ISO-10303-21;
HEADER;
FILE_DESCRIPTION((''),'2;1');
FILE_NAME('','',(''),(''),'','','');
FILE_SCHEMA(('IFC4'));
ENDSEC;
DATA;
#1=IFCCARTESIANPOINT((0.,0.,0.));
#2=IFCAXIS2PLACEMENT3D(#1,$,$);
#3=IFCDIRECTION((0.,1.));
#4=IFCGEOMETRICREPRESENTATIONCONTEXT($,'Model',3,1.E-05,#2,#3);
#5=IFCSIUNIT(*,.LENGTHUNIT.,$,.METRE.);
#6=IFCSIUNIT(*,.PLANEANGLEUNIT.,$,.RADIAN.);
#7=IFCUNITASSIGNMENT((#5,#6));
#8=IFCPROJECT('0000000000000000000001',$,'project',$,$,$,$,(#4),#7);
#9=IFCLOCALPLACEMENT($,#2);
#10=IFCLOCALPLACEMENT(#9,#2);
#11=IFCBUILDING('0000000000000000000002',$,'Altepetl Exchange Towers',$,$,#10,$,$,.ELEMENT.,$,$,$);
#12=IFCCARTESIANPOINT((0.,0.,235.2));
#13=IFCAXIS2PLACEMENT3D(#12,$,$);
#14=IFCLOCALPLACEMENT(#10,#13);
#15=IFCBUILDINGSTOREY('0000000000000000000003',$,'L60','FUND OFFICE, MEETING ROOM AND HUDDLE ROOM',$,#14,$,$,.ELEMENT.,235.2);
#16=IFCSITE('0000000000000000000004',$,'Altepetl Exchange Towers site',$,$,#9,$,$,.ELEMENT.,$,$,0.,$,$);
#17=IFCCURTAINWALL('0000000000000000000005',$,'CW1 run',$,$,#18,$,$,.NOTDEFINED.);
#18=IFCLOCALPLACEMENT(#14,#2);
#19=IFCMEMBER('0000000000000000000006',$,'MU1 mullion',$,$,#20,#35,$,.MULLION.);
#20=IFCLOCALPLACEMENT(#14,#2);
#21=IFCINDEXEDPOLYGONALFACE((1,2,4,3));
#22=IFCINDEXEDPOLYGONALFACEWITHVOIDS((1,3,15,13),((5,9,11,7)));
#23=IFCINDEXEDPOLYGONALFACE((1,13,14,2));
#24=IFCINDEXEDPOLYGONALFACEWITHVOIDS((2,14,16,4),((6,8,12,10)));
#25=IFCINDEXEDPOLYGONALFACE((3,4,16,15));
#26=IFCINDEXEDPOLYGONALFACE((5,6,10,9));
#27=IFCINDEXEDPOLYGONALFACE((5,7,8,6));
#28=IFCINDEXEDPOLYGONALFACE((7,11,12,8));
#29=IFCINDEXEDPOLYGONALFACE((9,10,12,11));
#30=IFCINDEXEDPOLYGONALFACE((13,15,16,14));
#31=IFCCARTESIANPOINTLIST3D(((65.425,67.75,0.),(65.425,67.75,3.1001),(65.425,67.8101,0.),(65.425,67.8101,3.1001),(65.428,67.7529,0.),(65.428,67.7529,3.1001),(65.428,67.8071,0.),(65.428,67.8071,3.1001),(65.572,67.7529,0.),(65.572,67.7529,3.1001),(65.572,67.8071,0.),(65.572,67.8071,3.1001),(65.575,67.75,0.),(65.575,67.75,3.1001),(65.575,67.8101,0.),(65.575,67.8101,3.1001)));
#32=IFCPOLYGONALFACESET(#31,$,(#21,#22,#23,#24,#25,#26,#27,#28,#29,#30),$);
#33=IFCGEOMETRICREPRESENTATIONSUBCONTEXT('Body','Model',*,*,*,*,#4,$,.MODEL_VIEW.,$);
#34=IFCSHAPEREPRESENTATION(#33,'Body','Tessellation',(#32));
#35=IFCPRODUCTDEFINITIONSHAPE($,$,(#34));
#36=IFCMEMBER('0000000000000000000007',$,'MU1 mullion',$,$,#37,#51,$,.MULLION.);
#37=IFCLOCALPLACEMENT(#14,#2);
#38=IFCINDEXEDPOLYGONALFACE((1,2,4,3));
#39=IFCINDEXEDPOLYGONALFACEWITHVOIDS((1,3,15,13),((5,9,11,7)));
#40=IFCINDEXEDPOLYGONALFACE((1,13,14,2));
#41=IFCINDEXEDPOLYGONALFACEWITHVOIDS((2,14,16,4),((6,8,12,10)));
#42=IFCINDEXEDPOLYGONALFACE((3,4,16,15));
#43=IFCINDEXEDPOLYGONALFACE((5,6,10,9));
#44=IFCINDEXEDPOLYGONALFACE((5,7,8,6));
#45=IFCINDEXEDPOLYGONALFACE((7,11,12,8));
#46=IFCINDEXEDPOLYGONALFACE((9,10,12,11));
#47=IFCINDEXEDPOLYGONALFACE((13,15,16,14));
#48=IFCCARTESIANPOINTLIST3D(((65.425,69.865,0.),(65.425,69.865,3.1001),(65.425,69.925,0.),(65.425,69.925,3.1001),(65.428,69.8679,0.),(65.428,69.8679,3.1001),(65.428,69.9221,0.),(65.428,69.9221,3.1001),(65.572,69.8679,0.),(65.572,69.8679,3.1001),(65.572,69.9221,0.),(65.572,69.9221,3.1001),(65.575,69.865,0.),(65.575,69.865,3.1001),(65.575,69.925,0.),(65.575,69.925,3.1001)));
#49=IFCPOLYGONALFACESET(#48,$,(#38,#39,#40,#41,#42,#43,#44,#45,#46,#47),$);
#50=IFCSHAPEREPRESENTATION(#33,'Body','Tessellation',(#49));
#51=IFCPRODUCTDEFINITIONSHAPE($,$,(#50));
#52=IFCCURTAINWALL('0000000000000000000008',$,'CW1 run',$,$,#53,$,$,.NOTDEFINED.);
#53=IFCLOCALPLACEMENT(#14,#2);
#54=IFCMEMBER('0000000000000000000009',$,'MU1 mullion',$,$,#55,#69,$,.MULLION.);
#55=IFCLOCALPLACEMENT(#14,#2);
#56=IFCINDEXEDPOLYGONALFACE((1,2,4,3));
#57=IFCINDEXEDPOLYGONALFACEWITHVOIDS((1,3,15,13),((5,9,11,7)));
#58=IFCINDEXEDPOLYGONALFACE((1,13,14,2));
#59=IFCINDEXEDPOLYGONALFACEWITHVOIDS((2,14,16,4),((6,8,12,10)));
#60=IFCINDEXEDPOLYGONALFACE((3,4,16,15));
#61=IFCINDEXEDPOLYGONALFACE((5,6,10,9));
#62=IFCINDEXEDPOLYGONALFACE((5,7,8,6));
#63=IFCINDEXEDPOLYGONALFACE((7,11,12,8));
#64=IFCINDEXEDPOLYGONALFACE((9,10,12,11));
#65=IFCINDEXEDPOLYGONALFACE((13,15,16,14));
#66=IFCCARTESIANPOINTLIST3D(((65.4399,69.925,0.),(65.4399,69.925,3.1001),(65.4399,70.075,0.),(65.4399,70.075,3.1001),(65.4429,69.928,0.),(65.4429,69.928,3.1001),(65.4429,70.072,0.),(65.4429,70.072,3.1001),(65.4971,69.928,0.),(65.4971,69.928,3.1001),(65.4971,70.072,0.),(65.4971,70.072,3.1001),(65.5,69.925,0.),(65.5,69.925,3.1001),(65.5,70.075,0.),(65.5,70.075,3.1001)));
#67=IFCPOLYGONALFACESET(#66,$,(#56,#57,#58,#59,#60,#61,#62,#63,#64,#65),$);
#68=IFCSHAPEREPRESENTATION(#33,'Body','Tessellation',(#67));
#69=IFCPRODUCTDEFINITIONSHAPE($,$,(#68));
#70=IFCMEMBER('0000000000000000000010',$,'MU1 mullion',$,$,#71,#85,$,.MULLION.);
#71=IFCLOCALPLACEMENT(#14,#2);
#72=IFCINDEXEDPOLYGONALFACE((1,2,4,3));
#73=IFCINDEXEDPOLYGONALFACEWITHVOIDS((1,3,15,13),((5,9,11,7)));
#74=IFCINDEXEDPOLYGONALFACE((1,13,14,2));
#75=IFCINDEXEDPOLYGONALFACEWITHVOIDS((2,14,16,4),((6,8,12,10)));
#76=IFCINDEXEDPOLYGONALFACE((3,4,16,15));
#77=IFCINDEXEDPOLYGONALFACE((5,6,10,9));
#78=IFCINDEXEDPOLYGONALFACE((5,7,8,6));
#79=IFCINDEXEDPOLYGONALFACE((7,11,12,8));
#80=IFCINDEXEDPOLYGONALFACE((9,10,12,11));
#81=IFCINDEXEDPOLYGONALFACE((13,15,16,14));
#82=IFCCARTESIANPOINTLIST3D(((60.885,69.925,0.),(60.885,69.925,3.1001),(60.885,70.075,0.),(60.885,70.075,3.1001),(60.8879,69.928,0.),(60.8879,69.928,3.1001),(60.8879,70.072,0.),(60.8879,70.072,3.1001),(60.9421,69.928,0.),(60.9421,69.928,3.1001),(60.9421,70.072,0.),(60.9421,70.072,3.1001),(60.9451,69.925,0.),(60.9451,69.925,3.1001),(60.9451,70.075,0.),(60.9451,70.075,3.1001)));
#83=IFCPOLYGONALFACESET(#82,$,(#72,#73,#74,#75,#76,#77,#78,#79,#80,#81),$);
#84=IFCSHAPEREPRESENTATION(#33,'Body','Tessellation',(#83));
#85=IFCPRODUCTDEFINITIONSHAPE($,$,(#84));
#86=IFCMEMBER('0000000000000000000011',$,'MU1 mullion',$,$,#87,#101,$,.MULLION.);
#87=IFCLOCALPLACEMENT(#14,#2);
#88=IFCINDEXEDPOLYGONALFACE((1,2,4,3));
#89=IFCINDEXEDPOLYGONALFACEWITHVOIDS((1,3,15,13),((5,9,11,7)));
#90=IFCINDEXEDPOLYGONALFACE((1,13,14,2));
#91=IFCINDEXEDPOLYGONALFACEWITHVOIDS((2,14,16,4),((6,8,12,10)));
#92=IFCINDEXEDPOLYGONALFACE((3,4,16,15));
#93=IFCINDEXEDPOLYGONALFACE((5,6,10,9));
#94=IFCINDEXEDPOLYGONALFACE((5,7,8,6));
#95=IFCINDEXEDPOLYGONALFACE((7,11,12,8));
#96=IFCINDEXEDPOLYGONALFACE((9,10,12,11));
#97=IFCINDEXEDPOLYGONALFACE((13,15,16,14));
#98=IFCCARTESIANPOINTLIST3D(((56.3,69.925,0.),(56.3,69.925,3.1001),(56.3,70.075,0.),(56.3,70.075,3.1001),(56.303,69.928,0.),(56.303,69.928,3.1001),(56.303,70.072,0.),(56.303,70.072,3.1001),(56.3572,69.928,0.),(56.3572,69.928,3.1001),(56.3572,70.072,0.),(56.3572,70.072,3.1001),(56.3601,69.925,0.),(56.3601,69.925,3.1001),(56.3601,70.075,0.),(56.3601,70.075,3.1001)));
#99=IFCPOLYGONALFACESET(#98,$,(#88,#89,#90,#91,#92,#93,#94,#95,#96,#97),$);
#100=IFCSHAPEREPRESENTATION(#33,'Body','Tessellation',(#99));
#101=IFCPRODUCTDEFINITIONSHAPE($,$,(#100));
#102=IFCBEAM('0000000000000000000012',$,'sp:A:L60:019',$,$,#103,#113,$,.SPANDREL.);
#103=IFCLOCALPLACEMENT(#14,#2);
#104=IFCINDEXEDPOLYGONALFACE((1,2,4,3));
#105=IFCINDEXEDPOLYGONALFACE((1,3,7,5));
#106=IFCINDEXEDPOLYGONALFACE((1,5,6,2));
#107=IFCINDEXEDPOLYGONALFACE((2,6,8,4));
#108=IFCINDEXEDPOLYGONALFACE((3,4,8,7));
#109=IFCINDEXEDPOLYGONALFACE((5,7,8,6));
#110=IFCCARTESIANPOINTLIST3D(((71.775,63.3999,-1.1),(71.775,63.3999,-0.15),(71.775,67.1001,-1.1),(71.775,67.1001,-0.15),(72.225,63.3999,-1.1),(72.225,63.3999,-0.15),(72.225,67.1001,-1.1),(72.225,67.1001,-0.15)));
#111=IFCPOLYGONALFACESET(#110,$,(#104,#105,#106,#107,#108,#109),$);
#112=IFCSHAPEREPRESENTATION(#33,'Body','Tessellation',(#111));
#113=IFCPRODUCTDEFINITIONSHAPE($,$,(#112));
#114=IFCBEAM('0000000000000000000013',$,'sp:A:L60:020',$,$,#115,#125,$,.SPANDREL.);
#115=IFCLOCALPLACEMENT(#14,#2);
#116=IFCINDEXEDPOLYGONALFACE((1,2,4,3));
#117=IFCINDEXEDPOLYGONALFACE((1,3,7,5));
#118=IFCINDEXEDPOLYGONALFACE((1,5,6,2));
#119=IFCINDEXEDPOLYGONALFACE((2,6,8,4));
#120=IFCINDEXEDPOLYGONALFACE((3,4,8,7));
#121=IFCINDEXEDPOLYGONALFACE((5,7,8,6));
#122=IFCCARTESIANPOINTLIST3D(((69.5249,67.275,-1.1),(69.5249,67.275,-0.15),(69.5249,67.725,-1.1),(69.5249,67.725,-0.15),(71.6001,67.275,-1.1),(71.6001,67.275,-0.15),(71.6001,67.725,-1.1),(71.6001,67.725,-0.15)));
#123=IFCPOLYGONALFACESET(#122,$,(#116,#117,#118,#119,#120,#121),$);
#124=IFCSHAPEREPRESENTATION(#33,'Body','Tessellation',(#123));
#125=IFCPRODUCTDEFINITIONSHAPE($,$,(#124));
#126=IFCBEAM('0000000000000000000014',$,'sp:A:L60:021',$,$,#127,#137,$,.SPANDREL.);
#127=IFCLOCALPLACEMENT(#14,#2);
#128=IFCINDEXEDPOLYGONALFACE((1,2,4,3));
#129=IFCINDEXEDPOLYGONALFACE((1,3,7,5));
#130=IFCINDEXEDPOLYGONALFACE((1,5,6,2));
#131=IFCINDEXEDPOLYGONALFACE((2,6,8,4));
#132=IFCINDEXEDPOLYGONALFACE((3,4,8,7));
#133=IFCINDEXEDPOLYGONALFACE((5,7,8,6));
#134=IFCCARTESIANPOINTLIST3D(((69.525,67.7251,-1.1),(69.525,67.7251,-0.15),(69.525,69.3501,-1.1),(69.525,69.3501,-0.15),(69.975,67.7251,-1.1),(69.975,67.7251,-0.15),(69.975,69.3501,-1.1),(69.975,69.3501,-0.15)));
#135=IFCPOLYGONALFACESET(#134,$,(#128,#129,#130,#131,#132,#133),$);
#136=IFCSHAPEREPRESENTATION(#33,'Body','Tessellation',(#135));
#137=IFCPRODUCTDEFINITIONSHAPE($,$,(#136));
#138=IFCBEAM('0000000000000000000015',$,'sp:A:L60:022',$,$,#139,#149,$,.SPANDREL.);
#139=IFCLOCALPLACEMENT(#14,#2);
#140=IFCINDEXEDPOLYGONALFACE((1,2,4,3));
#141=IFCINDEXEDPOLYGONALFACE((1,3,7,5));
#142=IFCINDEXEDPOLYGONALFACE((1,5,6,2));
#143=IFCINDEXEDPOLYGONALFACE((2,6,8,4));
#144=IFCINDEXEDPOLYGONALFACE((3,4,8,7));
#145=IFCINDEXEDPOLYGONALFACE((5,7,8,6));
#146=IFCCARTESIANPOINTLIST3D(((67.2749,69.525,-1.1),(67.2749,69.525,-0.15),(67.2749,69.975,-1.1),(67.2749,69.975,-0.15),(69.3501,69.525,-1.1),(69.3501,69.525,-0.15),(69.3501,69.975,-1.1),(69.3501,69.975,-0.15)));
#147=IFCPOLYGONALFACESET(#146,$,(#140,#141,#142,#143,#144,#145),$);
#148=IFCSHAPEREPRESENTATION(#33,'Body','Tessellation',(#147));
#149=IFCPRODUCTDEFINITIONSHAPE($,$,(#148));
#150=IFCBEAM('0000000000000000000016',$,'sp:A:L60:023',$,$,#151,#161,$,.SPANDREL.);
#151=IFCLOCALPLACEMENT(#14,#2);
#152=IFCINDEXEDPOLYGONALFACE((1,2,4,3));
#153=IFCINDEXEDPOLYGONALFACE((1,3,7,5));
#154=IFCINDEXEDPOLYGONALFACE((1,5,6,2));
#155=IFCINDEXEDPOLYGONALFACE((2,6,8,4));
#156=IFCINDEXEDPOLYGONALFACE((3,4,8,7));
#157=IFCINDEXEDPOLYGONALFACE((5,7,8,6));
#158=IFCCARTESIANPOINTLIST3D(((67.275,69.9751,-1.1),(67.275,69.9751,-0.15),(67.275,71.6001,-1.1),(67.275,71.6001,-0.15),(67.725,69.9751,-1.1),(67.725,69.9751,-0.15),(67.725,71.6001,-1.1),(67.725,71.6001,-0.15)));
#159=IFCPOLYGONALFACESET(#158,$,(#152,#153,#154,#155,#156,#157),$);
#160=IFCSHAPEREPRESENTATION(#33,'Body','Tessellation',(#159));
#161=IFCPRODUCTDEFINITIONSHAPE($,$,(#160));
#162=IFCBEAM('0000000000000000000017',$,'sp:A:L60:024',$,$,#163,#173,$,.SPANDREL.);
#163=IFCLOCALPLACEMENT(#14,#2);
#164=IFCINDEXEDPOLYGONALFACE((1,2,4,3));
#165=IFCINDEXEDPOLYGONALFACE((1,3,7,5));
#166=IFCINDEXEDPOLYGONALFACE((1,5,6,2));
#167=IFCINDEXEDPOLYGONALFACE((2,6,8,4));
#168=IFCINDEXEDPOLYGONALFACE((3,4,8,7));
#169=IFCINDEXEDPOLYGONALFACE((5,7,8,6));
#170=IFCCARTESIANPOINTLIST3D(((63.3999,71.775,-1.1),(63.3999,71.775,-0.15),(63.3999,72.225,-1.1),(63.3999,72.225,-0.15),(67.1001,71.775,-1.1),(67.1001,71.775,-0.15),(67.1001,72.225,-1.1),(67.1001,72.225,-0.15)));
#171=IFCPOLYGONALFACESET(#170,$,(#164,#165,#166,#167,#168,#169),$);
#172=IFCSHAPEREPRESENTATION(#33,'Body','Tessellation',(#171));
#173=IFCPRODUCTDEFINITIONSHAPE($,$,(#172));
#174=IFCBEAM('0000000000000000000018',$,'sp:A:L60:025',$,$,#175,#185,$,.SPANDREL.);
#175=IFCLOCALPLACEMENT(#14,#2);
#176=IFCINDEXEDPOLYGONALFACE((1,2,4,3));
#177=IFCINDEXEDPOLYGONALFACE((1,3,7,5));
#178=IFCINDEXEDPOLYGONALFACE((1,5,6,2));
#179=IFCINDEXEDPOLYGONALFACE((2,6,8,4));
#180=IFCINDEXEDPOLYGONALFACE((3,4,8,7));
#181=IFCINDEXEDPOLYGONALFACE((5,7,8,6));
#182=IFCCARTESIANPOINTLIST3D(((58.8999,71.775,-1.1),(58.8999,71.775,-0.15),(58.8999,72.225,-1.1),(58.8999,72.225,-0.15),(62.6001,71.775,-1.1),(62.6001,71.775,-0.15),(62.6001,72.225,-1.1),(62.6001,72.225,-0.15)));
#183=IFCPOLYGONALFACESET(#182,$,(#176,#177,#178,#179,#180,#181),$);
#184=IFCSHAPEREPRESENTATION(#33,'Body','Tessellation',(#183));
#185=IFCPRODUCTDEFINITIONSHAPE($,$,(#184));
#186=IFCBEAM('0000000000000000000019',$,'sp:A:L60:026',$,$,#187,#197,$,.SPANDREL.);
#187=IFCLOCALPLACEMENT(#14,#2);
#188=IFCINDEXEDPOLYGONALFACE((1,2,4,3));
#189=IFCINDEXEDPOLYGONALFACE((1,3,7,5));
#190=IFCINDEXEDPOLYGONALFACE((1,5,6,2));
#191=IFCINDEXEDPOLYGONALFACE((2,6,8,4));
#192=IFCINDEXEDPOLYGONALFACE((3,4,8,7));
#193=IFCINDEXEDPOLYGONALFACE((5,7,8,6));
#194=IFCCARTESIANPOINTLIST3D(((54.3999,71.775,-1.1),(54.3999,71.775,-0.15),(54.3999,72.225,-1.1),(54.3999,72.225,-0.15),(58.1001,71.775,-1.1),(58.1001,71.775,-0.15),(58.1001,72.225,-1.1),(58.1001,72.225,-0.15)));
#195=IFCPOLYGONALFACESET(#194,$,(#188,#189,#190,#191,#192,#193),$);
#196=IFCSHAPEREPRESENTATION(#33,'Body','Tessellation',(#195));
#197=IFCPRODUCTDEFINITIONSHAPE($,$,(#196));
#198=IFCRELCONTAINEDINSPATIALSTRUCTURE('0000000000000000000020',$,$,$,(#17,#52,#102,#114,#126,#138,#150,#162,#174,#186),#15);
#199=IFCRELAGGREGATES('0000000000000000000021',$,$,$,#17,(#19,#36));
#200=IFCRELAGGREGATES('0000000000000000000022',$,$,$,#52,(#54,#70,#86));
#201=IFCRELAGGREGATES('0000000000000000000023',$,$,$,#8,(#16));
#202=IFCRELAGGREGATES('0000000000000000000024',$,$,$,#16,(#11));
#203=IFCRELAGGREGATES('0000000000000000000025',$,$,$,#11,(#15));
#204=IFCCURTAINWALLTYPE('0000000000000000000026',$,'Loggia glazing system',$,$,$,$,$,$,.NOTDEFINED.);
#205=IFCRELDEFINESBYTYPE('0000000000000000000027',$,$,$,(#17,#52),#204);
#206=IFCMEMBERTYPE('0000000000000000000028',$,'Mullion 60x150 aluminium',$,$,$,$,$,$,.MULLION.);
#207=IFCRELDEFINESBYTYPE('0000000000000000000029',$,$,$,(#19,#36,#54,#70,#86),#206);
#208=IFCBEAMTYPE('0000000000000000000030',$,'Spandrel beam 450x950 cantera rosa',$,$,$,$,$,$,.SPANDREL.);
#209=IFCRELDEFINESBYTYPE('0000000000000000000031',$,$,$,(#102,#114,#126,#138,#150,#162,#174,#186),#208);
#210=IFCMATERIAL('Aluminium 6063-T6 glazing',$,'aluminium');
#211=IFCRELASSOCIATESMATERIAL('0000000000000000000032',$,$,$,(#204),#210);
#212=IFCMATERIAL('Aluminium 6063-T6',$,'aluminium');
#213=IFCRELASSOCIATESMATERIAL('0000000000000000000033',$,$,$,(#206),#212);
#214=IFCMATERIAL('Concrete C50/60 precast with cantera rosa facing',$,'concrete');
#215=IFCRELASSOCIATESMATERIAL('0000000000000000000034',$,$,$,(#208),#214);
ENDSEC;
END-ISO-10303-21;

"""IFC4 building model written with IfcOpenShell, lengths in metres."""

from ifc_helpers import new_model, si_unit, direction, frame, origin, origin_2d, place, context, subcontext, project, spatial, rectangle, hollow_rectangle, extrude, material, material_profile, profile_set, type_object, element, aggregate, save


model = new_model("IFC4")

# Units and contexts
model_context = context("Model", 3, precision=1e-05, world=origin(), true_north=direction((0.0, 1.0)))
body_context = subcontext(model_context, "Body", "Model", "MODEL_VIEW")
ifc_project = project(units=[si_unit("LENGTHUNIT", "METRE"), si_unit("PLANEANGLEUNIT", "RADIAN")], contexts=[model_context])

# Site, building, storey
site_placement = place(None, origin())
site = spatial("IfcSite", under=ifc_project, at=site_placement, Name="Altepetl Exchange Towers site", CompositionType="ELEMENT", RefElevation=0.0)
building_placement = place(site_placement, origin())
building = spatial("IfcBuilding", under=site, at=building_placement, Name="Altepetl Exchange Towers", CompositionType="ELEMENT")
storey_placement = place(building_placement, frame((0.0, 0.0, 235.2)))
storey = spatial("IfcBuildingStorey", under=building, at=storey_placement, Name="L60", Description="FUND OFFICE, MEETING ROOM AND HUDDLE ROOM", CompositionType="ELEMENT", Elevation=235.2)

# Shared definitions
ifc_material_1 = material(Name="Aluminium 6063-T6 glazing", Category="aluminium")
curtain_wall_type = type_object("IfcCurtainWallType", Name="Loggia glazing system", PredefinedType="NOTDEFINED", material=ifc_material_1)
ifc_material_2 = material(Name="Aluminium 6063-T6", Category="aluminium")
ifc_material_profile_1 = material_profile(ifc_material_2, hollow_rectangle(XDim=0.0601, YDim=0.1499, WallThickness=0.0029, at=origin_2d()), Name="Mullion 60x150 aluminium")
ifc_profile_set_1 = profile_set([ifc_material_profile_1], Name="Aluminium 6063-T6")
member_type = type_object("IfcMemberType", Name="Mullion 60x150 aluminium", PredefinedType="MULLION", material=ifc_profile_set_1)

# Curtain walls, members
curtain_wall_1_placement = place(storey_placement, origin())
curtain_wall_1 = element("IfcCurtainWall", 1, at=curtain_wall_1_placement, inside=storey, type_object=curtain_wall_type, Name="CW1 run", PredefinedType="NOTDEFINED")
member_1_placement = place(storey_placement, frame((65.5, 67.78, 0.0), z_axis=(0.0, 0.0, 1.0), x_axis=(0.0, 1.0, 0.0)))
member_1 = element("IfcMember", 2, at=member_1_placement, type_object=member_type, Name="MU1 mullion", PredefinedType="MULLION", context=body_context, shape_type="SweptSolid", body=[
    extrude(hollow_rectangle(XDim=0.0601, YDim=0.1499, WallThickness=0.0029, at=origin_2d()), origin(), (0.0, 0.0, 1.0), 3.1001),
])
member_2_placement = place(storey_placement, frame((65.5, 69.895, 0.0), z_axis=(0.0, 0.0, 1.0), x_axis=(0.0, 1.0, 0.0)))
member_2 = element("IfcMember", 3, at=member_2_placement, type_object=member_type, Name="MU1 mullion", PredefinedType="MULLION", context=body_context, shape_type="SweptSolid", body=[
    extrude(hollow_rectangle(XDim=0.0601, YDim=0.1499, WallThickness=0.0029, at=origin_2d()), origin(), (0.0, 0.0, 1.0), 3.1001),
])
curtain_wall_2_placement = place(storey_placement, origin())
curtain_wall_2 = element("IfcCurtainWall", 4, at=curtain_wall_2_placement, inside=storey, type_object=curtain_wall_type, Name="CW1 run", PredefinedType="NOTDEFINED")
member_3_placement = place(storey_placement, frame((65.47, 70.0, 0.0), z_axis=(0.0, 0.0, 1.0), x_axis=(-1.0, 0.0, 0.0)))
member_3 = element("IfcMember", 5, at=member_3_placement, type_object=member_type, Name="MU1 mullion", PredefinedType="MULLION", context=body_context, shape_type="SweptSolid", body=[
    extrude(hollow_rectangle(XDim=0.0601, YDim=0.1499, WallThickness=0.0029, at=origin_2d()), origin(), (0.0, 0.0, 1.0), 3.1001),
])
member_4_placement = place(storey_placement, frame((60.915, 70.0, 0.0), z_axis=(0.0, 0.0, 1.0), x_axis=(-1.0, 0.0, 0.0)))
member_4 = element("IfcMember", 6, at=member_4_placement, type_object=member_type, Name="MU1 mullion", PredefinedType="MULLION", context=body_context, shape_type="SweptSolid", body=[
    extrude(hollow_rectangle(XDim=0.0601, YDim=0.1499, WallThickness=0.0029, at=origin_2d()), origin(), (0.0, 0.0, 1.0), 3.1001),
])
member_5_placement = place(storey_placement, frame((56.3301, 70.0, 0.0), z_axis=(0.0, 0.0, 1.0), x_axis=(-1.0, 0.0, 0.0)))
member_5 = element("IfcMember", 7, at=member_5_placement, type_object=member_type, Name="MU1 mullion", PredefinedType="MULLION", context=body_context, shape_type="SweptSolid", body=[
    extrude(hollow_rectangle(XDim=0.0601, YDim=0.1499, WallThickness=0.0029, at=origin_2d()), origin(), (0.0, 0.0, 1.0), 3.1001),
])

# Beams
ifc_material_3 = material(Name="Concrete C50/60 precast with cantera rosa facing", Category="concrete")
ifc_material_profile_2 = material_profile(ifc_material_3, rectangle(XDim=0.45, YDim=0.95, at=origin_2d()), Name="450 x 950")
ifc_profile_set_2 = profile_set([ifc_material_profile_2], Name="Concrete C50/60 precast with cantera rosa facing")
beam_type = type_object("IfcBeamType", Name="Spandrel beam 450x950 cantera rosa", PredefinedType="SPANDREL", material=ifc_profile_set_2)
beam_1_placement = place(storey_placement, frame((72.0, 63.3999, -0.625), z_axis=(0.0, 1.0, 0.0), x_axis=(-1.0, 0.0, 0.0)))
element("IfcBeam", 8, at=beam_1_placement, inside=storey, type_object=beam_type, Name="sp:A:L60:019", PredefinedType="SPANDREL", context=body_context, shape_type="SweptSolid", body=[
    extrude(rectangle(XDim=0.45, YDim=0.95, at=origin_2d()), origin(), (0.0, 0.0, 1.0), 3.7002),
])
beam_2_placement = place(storey_placement, frame((71.6001, 67.5, -0.625), z_axis=(-1.0, 0.0, 0.0), x_axis=(0.0, -1.0, 0.0)))
element("IfcBeam", 9, at=beam_2_placement, inside=storey, type_object=beam_type, Name="sp:A:L60:020", PredefinedType="SPANDREL", context=body_context, shape_type="SweptSolid", body=[
    extrude(rectangle(XDim=0.45, YDim=0.95, at=origin_2d()), origin(), (0.0, 0.0, 1.0), 2.0752),
])
beam_3_placement = place(storey_placement, frame((69.75, 67.7251, -0.625), z_axis=(0.0, 1.0, 0.0), x_axis=(-1.0, 0.0, 0.0)))
element("IfcBeam", 10, at=beam_3_placement, inside=storey, type_object=beam_type, Name="sp:A:L60:021", PredefinedType="SPANDREL", context=body_context, shape_type="SweptSolid", body=[
    extrude(rectangle(XDim=0.45, YDim=0.95, at=origin_2d()), origin(), (0.0, 0.0, 1.0), 1.625),
])
beam_4_placement = place(storey_placement, frame((69.3501, 69.75, -0.625), z_axis=(-1.0, 0.0, 0.0), x_axis=(0.0, -1.0, 0.0)))
element("IfcBeam", 11, at=beam_4_placement, inside=storey, type_object=beam_type, Name="sp:A:L60:022", PredefinedType="SPANDREL", context=body_context, shape_type="SweptSolid", body=[
    extrude(rectangle(XDim=0.45, YDim=0.95, at=origin_2d()), origin(), (0.0, 0.0, 1.0), 2.0752),
])
beam_5_placement = place(storey_placement, frame((67.5, 69.9751, -0.625), z_axis=(0.0, 1.0, 0.0), x_axis=(-1.0, 0.0, 0.0)))
element("IfcBeam", 12, at=beam_5_placement, inside=storey, type_object=beam_type, Name="sp:A:L60:023", PredefinedType="SPANDREL", context=body_context, shape_type="SweptSolid", body=[
    extrude(rectangle(XDim=0.45, YDim=0.95, at=origin_2d()), origin(), (0.0, 0.0, 1.0), 1.625),
])
for number, where, z_axis, x_axis, name in (
    (13, (67.1001, 72.0, -0.625), (-1.0, 0.0, 0.0), (0.0, -1.0, 0.0), "sp:A:L60:024"),
    (14, (62.6001, 72.0, -0.625), (-1.0, 0.0, 0.0), (0.0, -1.0, 0.0), "sp:A:L60:025"),
    (15, (58.1001, 72.0, -0.625), (-1.0, 0.0, 0.0), (0.0, -1.0, 0.0), "sp:A:L60:026"),
):
    element("IfcBeam", number, at=place(storey_placement, frame(where, z_axis=z_axis, x_axis=x_axis)), inside=storey, type_object=beam_type, Name=name, PredefinedType="SPANDREL", context=body_context, shape_type="SweptSolid", body=[
        extrude(rectangle(XDim=0.45, YDim=0.95, at=origin_2d()), origin(), (0.0, 0.0, 1.0), 3.7002),
    ])

aggregate(curtain_wall_1, [member_1, member_2])
aggregate(curtain_wall_2, [member_3, member_4, member_5])

save(model, "model.ifc")
